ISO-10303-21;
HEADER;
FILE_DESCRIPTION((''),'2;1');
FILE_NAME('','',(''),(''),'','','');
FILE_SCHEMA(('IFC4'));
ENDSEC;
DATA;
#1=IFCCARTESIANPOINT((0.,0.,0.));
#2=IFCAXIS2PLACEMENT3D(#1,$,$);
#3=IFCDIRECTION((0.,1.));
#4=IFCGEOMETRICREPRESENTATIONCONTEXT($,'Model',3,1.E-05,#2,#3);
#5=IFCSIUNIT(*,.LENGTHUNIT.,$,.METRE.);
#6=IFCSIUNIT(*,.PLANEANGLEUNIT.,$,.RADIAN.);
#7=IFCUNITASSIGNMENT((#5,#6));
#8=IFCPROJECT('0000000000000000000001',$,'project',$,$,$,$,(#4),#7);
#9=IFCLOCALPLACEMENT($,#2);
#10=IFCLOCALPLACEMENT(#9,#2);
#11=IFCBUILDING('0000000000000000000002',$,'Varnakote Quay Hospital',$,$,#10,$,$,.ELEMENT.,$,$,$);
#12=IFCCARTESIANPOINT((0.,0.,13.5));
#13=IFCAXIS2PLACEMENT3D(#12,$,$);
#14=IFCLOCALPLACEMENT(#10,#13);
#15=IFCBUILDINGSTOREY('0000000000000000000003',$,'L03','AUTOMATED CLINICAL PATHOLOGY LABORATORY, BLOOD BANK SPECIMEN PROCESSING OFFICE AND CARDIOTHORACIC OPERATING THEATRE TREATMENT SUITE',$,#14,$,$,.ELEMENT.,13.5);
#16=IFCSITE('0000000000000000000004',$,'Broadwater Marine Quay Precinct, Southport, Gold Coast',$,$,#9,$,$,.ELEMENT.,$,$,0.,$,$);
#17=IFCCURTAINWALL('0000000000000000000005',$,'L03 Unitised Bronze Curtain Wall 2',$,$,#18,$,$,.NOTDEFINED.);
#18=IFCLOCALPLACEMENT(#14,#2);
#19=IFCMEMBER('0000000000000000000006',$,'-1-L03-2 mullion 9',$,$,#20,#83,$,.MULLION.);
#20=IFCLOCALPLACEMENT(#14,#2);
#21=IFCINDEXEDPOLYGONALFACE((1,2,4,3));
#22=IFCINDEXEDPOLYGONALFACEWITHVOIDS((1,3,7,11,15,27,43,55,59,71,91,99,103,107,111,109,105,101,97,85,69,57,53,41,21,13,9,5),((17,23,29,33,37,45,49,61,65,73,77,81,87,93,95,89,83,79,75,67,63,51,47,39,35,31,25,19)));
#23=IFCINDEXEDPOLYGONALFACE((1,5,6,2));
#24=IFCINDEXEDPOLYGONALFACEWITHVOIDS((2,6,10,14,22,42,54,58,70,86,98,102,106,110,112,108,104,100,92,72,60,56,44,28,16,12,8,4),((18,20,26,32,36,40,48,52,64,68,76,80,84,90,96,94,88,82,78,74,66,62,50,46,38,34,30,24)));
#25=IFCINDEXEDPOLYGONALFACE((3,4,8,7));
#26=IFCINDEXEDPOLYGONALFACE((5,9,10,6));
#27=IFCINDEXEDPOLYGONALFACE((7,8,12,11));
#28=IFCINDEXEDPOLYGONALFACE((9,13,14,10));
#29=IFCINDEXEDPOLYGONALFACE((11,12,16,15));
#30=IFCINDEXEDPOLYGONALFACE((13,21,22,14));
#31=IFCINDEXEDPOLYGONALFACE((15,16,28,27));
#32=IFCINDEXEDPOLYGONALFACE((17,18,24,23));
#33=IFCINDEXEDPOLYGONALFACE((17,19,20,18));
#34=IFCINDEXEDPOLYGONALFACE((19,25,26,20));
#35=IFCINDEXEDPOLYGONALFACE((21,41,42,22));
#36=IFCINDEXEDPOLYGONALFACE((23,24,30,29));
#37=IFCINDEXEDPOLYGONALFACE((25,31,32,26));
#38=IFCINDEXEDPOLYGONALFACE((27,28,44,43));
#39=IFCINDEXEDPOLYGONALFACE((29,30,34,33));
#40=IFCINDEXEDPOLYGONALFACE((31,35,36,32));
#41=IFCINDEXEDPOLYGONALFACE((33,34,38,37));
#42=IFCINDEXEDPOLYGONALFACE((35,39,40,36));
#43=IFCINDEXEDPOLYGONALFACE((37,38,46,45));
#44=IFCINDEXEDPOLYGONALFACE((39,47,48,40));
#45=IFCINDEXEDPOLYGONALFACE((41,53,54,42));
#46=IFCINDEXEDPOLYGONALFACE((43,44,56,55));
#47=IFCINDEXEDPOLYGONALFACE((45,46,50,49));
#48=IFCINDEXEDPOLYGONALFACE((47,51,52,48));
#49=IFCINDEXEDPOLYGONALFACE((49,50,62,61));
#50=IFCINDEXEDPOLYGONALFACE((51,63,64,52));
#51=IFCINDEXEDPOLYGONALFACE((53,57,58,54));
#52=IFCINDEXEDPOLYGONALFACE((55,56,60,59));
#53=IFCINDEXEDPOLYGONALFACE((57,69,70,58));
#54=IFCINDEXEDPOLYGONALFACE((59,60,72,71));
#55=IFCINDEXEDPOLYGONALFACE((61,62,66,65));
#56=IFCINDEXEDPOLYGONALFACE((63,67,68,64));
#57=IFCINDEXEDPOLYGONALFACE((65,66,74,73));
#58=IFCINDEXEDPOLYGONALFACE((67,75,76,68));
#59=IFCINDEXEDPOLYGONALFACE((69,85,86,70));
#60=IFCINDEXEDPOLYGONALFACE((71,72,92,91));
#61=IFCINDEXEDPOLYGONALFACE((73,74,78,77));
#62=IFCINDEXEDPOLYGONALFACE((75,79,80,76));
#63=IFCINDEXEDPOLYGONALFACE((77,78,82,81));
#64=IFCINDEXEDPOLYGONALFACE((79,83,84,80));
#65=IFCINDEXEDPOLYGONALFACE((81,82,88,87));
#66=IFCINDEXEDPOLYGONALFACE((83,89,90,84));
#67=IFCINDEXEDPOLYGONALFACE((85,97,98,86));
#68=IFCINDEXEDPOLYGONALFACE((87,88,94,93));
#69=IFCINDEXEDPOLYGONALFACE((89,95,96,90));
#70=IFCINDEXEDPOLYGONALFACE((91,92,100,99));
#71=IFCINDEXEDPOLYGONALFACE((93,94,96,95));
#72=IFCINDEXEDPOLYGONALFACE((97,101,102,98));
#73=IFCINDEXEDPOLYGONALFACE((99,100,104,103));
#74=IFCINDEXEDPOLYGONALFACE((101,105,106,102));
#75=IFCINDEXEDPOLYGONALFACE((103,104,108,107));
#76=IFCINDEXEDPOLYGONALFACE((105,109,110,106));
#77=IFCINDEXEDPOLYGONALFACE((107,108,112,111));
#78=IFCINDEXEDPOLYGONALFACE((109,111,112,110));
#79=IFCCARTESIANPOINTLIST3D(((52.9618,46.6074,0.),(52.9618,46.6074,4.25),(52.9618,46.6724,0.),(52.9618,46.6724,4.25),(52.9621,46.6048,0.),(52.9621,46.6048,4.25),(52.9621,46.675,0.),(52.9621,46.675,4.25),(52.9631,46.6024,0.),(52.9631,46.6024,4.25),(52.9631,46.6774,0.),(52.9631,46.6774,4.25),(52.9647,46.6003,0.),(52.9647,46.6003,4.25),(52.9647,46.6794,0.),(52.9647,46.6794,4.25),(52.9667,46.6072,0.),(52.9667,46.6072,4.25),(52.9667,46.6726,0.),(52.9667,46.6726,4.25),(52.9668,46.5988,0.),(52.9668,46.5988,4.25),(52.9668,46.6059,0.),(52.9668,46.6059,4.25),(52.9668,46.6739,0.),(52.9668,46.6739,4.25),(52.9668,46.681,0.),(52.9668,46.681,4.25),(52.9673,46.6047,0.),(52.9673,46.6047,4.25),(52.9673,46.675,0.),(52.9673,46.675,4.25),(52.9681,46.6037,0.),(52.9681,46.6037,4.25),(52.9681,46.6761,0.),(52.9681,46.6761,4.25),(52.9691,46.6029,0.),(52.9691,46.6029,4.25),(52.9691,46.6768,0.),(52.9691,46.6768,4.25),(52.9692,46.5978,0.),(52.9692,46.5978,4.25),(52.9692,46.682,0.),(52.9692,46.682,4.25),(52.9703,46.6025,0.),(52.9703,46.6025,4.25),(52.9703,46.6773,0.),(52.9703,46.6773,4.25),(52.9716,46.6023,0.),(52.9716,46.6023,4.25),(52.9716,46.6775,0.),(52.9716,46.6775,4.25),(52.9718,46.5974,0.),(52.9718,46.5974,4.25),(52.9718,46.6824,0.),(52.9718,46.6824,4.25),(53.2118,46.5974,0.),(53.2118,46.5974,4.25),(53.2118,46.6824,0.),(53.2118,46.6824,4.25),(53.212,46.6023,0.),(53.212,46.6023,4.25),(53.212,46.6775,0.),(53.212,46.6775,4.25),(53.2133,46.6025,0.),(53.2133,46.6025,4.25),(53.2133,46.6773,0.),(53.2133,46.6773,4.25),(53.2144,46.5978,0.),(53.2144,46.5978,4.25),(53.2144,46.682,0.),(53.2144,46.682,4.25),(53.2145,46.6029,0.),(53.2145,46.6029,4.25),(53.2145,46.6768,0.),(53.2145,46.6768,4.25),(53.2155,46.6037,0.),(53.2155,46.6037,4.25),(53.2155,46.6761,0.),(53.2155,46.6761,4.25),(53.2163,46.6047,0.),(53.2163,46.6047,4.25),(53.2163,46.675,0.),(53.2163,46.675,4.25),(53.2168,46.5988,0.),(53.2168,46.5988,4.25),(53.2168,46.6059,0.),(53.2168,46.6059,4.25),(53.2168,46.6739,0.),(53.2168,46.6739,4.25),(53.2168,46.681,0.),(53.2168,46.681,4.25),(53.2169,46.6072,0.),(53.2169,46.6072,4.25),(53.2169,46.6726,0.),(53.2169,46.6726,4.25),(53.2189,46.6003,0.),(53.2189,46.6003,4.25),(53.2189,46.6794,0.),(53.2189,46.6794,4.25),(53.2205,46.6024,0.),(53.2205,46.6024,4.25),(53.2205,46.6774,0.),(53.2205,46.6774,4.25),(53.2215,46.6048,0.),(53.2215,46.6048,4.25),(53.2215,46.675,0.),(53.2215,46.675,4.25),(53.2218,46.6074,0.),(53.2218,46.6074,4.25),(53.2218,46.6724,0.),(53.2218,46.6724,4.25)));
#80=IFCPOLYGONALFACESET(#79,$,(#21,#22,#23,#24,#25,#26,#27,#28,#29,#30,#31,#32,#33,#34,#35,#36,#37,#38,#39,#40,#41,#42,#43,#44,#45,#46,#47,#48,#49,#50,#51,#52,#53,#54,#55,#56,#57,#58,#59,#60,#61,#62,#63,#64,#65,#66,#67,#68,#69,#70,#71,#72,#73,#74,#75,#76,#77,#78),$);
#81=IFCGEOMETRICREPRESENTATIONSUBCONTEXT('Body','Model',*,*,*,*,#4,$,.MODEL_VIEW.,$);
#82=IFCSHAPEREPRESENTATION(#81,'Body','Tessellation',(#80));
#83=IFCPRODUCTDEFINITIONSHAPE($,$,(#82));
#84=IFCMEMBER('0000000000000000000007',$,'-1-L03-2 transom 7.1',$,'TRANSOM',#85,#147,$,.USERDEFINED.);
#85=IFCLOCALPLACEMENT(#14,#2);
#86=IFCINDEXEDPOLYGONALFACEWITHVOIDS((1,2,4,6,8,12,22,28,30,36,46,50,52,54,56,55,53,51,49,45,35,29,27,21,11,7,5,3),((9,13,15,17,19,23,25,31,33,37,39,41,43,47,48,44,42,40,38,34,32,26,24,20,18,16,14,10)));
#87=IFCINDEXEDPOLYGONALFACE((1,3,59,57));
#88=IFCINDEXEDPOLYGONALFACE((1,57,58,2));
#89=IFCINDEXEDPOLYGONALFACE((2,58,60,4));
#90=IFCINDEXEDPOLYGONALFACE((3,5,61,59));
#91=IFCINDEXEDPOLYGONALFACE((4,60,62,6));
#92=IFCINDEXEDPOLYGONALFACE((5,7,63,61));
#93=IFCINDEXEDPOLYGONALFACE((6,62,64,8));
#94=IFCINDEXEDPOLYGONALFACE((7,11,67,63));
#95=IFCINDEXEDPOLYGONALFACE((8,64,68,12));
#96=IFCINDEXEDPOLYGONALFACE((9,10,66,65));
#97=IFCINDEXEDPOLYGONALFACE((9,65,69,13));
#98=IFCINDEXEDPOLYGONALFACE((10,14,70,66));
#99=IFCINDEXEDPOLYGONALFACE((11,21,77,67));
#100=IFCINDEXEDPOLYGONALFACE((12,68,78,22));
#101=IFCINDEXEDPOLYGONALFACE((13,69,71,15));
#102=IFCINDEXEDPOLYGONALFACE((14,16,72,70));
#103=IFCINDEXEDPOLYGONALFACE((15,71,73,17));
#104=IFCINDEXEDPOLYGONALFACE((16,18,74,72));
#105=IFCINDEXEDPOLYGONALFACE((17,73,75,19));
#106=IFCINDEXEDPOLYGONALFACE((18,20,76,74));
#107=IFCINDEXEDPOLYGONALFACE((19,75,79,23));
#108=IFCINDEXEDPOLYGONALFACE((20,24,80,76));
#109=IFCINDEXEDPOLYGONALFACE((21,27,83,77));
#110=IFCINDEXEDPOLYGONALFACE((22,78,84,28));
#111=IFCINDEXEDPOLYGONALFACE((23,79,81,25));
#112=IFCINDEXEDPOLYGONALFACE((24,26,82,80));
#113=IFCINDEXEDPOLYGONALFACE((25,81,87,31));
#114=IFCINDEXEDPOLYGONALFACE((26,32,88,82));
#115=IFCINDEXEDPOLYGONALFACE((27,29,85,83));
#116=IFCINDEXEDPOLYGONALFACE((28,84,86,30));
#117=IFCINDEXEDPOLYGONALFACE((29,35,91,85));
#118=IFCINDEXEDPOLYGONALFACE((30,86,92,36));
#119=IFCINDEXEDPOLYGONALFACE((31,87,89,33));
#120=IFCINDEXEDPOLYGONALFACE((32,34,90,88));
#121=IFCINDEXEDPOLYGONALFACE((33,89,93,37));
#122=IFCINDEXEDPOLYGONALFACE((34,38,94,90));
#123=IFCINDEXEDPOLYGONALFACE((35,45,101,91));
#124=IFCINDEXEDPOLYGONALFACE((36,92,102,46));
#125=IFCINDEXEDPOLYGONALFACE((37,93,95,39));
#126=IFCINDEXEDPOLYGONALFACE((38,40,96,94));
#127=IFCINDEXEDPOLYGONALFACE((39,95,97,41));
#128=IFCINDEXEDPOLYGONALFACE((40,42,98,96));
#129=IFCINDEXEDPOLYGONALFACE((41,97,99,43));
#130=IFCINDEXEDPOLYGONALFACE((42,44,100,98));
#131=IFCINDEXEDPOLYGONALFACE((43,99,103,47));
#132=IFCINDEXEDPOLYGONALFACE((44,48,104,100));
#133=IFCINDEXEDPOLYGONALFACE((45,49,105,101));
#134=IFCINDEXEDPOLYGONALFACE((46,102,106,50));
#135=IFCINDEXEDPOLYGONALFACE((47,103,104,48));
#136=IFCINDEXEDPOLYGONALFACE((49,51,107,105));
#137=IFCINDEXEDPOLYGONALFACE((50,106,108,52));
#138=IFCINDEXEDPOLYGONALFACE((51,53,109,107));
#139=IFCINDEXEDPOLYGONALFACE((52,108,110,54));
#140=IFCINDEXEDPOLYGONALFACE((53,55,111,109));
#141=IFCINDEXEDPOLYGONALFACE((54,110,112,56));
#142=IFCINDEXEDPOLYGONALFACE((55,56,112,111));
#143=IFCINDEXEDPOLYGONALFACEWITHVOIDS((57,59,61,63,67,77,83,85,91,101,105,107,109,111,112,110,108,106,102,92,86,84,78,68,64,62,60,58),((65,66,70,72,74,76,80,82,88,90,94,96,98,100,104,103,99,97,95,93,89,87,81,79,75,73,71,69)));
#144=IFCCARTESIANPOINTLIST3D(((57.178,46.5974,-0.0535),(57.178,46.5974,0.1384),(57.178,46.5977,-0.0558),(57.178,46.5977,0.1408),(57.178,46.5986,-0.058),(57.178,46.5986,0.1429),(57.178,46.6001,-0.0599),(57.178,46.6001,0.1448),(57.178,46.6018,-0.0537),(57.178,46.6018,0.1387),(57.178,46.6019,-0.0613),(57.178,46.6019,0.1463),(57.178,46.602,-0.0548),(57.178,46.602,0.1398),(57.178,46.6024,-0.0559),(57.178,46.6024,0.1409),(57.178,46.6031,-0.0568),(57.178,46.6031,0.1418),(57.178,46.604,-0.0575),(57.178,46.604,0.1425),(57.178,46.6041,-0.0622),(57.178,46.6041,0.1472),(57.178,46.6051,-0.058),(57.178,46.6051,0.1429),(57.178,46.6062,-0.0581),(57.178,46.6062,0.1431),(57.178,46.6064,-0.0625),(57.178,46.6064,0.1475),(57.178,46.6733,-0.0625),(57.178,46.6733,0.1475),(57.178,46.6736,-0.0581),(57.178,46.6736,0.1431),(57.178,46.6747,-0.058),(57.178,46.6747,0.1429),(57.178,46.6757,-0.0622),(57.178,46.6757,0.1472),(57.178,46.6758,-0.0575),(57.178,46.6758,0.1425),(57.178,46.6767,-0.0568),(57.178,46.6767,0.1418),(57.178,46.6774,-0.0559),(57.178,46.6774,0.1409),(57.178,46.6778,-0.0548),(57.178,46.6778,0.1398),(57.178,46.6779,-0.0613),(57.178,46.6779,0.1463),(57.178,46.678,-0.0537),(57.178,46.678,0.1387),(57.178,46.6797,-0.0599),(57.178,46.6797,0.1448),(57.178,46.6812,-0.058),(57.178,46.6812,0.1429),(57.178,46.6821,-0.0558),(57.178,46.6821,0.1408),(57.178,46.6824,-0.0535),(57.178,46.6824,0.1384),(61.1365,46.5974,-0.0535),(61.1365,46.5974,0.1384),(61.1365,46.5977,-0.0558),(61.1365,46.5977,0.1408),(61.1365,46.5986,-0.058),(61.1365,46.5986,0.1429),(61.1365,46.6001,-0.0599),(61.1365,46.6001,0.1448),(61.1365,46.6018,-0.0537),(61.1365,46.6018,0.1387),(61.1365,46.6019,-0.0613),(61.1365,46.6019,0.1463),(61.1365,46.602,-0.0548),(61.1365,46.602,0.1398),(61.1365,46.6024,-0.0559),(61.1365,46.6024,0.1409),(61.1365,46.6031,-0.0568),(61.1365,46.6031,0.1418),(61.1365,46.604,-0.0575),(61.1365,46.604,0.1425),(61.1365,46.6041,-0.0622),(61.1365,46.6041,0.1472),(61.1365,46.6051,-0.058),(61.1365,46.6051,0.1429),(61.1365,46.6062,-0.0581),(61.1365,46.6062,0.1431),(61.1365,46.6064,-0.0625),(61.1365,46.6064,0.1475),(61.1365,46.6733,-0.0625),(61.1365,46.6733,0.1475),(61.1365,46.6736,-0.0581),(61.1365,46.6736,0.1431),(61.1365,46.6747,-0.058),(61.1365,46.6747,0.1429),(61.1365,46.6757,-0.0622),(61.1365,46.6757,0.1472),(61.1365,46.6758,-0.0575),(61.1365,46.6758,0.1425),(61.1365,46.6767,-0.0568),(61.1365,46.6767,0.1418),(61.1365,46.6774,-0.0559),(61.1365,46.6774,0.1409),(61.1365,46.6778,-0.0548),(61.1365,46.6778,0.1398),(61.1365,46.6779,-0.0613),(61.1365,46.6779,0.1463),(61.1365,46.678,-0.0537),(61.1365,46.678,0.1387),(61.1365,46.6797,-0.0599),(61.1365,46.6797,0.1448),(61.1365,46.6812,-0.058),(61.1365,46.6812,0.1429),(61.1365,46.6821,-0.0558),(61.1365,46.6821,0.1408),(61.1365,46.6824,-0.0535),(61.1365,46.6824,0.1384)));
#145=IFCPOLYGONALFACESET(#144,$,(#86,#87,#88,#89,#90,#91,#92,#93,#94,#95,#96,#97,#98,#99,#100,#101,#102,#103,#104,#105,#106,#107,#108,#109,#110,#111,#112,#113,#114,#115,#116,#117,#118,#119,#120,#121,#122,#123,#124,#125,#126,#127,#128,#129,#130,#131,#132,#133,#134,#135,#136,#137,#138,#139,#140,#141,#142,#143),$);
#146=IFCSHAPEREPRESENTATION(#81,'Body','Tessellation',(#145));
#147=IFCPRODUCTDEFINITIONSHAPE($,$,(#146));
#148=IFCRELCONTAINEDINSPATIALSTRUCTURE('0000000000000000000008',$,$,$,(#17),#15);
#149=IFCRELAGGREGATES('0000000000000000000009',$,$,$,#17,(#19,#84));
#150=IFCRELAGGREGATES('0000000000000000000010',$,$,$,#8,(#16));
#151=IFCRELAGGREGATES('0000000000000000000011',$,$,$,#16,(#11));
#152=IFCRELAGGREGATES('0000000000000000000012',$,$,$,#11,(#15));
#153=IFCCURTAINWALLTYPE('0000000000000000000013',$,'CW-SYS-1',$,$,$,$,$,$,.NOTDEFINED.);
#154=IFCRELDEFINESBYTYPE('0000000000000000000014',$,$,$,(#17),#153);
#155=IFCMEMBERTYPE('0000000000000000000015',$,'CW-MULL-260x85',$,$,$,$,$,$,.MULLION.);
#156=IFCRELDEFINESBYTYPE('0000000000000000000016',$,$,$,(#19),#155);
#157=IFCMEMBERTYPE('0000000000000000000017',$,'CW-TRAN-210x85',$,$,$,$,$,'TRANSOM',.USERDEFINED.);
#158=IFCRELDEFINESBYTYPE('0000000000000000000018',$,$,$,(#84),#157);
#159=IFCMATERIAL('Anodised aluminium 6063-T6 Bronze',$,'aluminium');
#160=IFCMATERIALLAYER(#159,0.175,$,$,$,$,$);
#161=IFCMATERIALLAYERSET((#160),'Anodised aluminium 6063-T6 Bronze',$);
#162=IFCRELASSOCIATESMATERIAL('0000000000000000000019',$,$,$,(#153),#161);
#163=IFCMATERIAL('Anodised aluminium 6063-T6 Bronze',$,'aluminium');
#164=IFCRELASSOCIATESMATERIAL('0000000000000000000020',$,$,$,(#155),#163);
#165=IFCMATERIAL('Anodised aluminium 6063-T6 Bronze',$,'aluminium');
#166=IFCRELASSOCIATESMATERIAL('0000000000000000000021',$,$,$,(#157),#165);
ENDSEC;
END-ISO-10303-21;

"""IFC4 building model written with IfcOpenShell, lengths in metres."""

from ifc_helpers import new_model, si_unit, direction, frame, origin, origin_2d, place, context, subcontext, project, spatial, hollow_rectangle, extrude, material, layer, layer_set, material_profile, profile_set, type_object, element, aggregate, save


model = new_model("IFC4")

# Units and contexts
model_context = context("Model", 3, precision=1e-05, world=origin(), true_north=direction((0.0, 1.0)))
body_context = subcontext(model_context, "Body", "Model", "MODEL_VIEW")
ifc_project = project(units=[si_unit("LENGTHUNIT", "METRE"), si_unit("PLANEANGLEUNIT", "RADIAN")], contexts=[model_context])

# Site, building, storey
site_placement = place(None, origin())
site = spatial("IfcSite", under=ifc_project, at=site_placement, Name="Broadwater Marine Quay Precinct, Southport, Gold Coast", CompositionType="ELEMENT", RefElevation=0.0)
building_placement = place(site_placement, origin())
building = spatial("IfcBuilding", under=site, at=building_placement, Name="Varnakote Quay Hospital", CompositionType="ELEMENT")
storey_placement = place(building_placement, frame((0.0, 0.0, 13.5)))
storey = spatial("IfcBuildingStorey", under=building, at=storey_placement, Name="L03", Description="AUTOMATED CLINICAL PATHOLOGY LABORATORY, BLOOD BANK SPECIMEN PROCESSING OFFICE AND CARDIOTHORACIC OPERATING THEATRE TREATMENT SUITE", CompositionType="ELEMENT", Elevation=13.5)

# Curtain wall, members
ifc_material_1 = material(Name="Anodised aluminium 6063-T6 Bronze", Category="aluminium")
ifc_layer_1 = layer(ifc_material_1, 0.175)
ifc_layer_set_1 = layer_set([ifc_layer_1], Name="Anodised aluminium 6063-T6 Bronze")
curtain_wall_type = type_object("IfcCurtainWallType", Name="CW-SYS-1", PredefinedType="NOTDEFINED", material=ifc_layer_set_1)
curtain_wall_placement = place(storey_placement, origin())
curtain_wall = element("IfcCurtainWall", 1, at=curtain_wall_placement, inside=storey, type_object=curtain_wall_type, Name="L03 Unitised Bronze Curtain Wall 2", PredefinedType="NOTDEFINED")
ifc_material_2 = material(Name="Anodised aluminium 6063-T6 Bronze", Category="aluminium")
ifc_material_profile_1 = material_profile(ifc_material_2, hollow_rectangle(XDim=0.085, YDim=0.26, WallThickness=0.0049, InnerFilletRadius=0.0049, OuterFilletRadius=0.01, at=origin_2d()), Name="CW-MULL-260x85")
ifc_profile_set_1 = profile_set([ifc_material_profile_1], Name="Anodised aluminium 6063-T6 Bronze")
member_type_1 = type_object("IfcMemberType", Name="CW-MULL-260x85", PredefinedType="MULLION", material=ifc_profile_set_1)
member_1_placement = place(storey_placement, frame((53.0918, 46.6399, 0.0), z_axis=(0.0, 0.0, 1.0), x_axis=(0.0, -1.0, 0.0)))
member_1 = element("IfcMember", 2, at=member_1_placement, type_object=member_type_1, Name="-1-L03-2 mullion 9", PredefinedType="MULLION", context=body_context, shape_type="SweptSolid", body=[
    extrude(hollow_rectangle(XDim=0.085, YDim=0.26, WallThickness=0.0049, InnerFilletRadius=0.0049, OuterFilletRadius=0.01, at=origin_2d()), origin(), (0.0, 0.0, 1.0), 4.25),
])
ifc_material_3 = material(Name="Anodised aluminium 6063-T6 Bronze", Category="aluminium")
ifc_material_profile_2 = material_profile(ifc_material_3, hollow_rectangle(XDim=0.085, YDim=0.21, WallThickness=0.0044, InnerFilletRadius=0.0044, OuterFilletRadius=0.009, at=origin_2d()), Name="CW-TRAN-210x85")
ifc_profile_set_2 = profile_set([ifc_material_profile_2], Name="Anodised aluminium 6063-T6 Bronze")
member_type_2 = type_object("IfcMemberType", Name="CW-TRAN-210x85", ElementType="TRANSOM", PredefinedType="USERDEFINED", material=ifc_profile_set_2)
member_2_placement = place(storey_placement, frame((61.1365, 46.6399, 0.0425), z_axis=(-1.0, 0.0, 0.0), x_axis=(0.0, -1.0, 0.0)))
member_2 = element("IfcMember", 3, at=member_2_placement, type_object=member_type_2, Name="-1-L03-2 transom 7.1", ObjectType="TRANSOM", PredefinedType="USERDEFINED", context=body_context, shape_type="SweptSolid", body=[
    extrude(hollow_rectangle(XDim=0.085, YDim=0.21, WallThickness=0.0044, InnerFilletRadius=0.0044, OuterFilletRadius=0.009, at=origin_2d()), origin(), (0.0, 0.0, 1.0), 3.9585),
])

aggregate(curtain_wall, [member_1, member_2])

save(model, "model.ifc")
